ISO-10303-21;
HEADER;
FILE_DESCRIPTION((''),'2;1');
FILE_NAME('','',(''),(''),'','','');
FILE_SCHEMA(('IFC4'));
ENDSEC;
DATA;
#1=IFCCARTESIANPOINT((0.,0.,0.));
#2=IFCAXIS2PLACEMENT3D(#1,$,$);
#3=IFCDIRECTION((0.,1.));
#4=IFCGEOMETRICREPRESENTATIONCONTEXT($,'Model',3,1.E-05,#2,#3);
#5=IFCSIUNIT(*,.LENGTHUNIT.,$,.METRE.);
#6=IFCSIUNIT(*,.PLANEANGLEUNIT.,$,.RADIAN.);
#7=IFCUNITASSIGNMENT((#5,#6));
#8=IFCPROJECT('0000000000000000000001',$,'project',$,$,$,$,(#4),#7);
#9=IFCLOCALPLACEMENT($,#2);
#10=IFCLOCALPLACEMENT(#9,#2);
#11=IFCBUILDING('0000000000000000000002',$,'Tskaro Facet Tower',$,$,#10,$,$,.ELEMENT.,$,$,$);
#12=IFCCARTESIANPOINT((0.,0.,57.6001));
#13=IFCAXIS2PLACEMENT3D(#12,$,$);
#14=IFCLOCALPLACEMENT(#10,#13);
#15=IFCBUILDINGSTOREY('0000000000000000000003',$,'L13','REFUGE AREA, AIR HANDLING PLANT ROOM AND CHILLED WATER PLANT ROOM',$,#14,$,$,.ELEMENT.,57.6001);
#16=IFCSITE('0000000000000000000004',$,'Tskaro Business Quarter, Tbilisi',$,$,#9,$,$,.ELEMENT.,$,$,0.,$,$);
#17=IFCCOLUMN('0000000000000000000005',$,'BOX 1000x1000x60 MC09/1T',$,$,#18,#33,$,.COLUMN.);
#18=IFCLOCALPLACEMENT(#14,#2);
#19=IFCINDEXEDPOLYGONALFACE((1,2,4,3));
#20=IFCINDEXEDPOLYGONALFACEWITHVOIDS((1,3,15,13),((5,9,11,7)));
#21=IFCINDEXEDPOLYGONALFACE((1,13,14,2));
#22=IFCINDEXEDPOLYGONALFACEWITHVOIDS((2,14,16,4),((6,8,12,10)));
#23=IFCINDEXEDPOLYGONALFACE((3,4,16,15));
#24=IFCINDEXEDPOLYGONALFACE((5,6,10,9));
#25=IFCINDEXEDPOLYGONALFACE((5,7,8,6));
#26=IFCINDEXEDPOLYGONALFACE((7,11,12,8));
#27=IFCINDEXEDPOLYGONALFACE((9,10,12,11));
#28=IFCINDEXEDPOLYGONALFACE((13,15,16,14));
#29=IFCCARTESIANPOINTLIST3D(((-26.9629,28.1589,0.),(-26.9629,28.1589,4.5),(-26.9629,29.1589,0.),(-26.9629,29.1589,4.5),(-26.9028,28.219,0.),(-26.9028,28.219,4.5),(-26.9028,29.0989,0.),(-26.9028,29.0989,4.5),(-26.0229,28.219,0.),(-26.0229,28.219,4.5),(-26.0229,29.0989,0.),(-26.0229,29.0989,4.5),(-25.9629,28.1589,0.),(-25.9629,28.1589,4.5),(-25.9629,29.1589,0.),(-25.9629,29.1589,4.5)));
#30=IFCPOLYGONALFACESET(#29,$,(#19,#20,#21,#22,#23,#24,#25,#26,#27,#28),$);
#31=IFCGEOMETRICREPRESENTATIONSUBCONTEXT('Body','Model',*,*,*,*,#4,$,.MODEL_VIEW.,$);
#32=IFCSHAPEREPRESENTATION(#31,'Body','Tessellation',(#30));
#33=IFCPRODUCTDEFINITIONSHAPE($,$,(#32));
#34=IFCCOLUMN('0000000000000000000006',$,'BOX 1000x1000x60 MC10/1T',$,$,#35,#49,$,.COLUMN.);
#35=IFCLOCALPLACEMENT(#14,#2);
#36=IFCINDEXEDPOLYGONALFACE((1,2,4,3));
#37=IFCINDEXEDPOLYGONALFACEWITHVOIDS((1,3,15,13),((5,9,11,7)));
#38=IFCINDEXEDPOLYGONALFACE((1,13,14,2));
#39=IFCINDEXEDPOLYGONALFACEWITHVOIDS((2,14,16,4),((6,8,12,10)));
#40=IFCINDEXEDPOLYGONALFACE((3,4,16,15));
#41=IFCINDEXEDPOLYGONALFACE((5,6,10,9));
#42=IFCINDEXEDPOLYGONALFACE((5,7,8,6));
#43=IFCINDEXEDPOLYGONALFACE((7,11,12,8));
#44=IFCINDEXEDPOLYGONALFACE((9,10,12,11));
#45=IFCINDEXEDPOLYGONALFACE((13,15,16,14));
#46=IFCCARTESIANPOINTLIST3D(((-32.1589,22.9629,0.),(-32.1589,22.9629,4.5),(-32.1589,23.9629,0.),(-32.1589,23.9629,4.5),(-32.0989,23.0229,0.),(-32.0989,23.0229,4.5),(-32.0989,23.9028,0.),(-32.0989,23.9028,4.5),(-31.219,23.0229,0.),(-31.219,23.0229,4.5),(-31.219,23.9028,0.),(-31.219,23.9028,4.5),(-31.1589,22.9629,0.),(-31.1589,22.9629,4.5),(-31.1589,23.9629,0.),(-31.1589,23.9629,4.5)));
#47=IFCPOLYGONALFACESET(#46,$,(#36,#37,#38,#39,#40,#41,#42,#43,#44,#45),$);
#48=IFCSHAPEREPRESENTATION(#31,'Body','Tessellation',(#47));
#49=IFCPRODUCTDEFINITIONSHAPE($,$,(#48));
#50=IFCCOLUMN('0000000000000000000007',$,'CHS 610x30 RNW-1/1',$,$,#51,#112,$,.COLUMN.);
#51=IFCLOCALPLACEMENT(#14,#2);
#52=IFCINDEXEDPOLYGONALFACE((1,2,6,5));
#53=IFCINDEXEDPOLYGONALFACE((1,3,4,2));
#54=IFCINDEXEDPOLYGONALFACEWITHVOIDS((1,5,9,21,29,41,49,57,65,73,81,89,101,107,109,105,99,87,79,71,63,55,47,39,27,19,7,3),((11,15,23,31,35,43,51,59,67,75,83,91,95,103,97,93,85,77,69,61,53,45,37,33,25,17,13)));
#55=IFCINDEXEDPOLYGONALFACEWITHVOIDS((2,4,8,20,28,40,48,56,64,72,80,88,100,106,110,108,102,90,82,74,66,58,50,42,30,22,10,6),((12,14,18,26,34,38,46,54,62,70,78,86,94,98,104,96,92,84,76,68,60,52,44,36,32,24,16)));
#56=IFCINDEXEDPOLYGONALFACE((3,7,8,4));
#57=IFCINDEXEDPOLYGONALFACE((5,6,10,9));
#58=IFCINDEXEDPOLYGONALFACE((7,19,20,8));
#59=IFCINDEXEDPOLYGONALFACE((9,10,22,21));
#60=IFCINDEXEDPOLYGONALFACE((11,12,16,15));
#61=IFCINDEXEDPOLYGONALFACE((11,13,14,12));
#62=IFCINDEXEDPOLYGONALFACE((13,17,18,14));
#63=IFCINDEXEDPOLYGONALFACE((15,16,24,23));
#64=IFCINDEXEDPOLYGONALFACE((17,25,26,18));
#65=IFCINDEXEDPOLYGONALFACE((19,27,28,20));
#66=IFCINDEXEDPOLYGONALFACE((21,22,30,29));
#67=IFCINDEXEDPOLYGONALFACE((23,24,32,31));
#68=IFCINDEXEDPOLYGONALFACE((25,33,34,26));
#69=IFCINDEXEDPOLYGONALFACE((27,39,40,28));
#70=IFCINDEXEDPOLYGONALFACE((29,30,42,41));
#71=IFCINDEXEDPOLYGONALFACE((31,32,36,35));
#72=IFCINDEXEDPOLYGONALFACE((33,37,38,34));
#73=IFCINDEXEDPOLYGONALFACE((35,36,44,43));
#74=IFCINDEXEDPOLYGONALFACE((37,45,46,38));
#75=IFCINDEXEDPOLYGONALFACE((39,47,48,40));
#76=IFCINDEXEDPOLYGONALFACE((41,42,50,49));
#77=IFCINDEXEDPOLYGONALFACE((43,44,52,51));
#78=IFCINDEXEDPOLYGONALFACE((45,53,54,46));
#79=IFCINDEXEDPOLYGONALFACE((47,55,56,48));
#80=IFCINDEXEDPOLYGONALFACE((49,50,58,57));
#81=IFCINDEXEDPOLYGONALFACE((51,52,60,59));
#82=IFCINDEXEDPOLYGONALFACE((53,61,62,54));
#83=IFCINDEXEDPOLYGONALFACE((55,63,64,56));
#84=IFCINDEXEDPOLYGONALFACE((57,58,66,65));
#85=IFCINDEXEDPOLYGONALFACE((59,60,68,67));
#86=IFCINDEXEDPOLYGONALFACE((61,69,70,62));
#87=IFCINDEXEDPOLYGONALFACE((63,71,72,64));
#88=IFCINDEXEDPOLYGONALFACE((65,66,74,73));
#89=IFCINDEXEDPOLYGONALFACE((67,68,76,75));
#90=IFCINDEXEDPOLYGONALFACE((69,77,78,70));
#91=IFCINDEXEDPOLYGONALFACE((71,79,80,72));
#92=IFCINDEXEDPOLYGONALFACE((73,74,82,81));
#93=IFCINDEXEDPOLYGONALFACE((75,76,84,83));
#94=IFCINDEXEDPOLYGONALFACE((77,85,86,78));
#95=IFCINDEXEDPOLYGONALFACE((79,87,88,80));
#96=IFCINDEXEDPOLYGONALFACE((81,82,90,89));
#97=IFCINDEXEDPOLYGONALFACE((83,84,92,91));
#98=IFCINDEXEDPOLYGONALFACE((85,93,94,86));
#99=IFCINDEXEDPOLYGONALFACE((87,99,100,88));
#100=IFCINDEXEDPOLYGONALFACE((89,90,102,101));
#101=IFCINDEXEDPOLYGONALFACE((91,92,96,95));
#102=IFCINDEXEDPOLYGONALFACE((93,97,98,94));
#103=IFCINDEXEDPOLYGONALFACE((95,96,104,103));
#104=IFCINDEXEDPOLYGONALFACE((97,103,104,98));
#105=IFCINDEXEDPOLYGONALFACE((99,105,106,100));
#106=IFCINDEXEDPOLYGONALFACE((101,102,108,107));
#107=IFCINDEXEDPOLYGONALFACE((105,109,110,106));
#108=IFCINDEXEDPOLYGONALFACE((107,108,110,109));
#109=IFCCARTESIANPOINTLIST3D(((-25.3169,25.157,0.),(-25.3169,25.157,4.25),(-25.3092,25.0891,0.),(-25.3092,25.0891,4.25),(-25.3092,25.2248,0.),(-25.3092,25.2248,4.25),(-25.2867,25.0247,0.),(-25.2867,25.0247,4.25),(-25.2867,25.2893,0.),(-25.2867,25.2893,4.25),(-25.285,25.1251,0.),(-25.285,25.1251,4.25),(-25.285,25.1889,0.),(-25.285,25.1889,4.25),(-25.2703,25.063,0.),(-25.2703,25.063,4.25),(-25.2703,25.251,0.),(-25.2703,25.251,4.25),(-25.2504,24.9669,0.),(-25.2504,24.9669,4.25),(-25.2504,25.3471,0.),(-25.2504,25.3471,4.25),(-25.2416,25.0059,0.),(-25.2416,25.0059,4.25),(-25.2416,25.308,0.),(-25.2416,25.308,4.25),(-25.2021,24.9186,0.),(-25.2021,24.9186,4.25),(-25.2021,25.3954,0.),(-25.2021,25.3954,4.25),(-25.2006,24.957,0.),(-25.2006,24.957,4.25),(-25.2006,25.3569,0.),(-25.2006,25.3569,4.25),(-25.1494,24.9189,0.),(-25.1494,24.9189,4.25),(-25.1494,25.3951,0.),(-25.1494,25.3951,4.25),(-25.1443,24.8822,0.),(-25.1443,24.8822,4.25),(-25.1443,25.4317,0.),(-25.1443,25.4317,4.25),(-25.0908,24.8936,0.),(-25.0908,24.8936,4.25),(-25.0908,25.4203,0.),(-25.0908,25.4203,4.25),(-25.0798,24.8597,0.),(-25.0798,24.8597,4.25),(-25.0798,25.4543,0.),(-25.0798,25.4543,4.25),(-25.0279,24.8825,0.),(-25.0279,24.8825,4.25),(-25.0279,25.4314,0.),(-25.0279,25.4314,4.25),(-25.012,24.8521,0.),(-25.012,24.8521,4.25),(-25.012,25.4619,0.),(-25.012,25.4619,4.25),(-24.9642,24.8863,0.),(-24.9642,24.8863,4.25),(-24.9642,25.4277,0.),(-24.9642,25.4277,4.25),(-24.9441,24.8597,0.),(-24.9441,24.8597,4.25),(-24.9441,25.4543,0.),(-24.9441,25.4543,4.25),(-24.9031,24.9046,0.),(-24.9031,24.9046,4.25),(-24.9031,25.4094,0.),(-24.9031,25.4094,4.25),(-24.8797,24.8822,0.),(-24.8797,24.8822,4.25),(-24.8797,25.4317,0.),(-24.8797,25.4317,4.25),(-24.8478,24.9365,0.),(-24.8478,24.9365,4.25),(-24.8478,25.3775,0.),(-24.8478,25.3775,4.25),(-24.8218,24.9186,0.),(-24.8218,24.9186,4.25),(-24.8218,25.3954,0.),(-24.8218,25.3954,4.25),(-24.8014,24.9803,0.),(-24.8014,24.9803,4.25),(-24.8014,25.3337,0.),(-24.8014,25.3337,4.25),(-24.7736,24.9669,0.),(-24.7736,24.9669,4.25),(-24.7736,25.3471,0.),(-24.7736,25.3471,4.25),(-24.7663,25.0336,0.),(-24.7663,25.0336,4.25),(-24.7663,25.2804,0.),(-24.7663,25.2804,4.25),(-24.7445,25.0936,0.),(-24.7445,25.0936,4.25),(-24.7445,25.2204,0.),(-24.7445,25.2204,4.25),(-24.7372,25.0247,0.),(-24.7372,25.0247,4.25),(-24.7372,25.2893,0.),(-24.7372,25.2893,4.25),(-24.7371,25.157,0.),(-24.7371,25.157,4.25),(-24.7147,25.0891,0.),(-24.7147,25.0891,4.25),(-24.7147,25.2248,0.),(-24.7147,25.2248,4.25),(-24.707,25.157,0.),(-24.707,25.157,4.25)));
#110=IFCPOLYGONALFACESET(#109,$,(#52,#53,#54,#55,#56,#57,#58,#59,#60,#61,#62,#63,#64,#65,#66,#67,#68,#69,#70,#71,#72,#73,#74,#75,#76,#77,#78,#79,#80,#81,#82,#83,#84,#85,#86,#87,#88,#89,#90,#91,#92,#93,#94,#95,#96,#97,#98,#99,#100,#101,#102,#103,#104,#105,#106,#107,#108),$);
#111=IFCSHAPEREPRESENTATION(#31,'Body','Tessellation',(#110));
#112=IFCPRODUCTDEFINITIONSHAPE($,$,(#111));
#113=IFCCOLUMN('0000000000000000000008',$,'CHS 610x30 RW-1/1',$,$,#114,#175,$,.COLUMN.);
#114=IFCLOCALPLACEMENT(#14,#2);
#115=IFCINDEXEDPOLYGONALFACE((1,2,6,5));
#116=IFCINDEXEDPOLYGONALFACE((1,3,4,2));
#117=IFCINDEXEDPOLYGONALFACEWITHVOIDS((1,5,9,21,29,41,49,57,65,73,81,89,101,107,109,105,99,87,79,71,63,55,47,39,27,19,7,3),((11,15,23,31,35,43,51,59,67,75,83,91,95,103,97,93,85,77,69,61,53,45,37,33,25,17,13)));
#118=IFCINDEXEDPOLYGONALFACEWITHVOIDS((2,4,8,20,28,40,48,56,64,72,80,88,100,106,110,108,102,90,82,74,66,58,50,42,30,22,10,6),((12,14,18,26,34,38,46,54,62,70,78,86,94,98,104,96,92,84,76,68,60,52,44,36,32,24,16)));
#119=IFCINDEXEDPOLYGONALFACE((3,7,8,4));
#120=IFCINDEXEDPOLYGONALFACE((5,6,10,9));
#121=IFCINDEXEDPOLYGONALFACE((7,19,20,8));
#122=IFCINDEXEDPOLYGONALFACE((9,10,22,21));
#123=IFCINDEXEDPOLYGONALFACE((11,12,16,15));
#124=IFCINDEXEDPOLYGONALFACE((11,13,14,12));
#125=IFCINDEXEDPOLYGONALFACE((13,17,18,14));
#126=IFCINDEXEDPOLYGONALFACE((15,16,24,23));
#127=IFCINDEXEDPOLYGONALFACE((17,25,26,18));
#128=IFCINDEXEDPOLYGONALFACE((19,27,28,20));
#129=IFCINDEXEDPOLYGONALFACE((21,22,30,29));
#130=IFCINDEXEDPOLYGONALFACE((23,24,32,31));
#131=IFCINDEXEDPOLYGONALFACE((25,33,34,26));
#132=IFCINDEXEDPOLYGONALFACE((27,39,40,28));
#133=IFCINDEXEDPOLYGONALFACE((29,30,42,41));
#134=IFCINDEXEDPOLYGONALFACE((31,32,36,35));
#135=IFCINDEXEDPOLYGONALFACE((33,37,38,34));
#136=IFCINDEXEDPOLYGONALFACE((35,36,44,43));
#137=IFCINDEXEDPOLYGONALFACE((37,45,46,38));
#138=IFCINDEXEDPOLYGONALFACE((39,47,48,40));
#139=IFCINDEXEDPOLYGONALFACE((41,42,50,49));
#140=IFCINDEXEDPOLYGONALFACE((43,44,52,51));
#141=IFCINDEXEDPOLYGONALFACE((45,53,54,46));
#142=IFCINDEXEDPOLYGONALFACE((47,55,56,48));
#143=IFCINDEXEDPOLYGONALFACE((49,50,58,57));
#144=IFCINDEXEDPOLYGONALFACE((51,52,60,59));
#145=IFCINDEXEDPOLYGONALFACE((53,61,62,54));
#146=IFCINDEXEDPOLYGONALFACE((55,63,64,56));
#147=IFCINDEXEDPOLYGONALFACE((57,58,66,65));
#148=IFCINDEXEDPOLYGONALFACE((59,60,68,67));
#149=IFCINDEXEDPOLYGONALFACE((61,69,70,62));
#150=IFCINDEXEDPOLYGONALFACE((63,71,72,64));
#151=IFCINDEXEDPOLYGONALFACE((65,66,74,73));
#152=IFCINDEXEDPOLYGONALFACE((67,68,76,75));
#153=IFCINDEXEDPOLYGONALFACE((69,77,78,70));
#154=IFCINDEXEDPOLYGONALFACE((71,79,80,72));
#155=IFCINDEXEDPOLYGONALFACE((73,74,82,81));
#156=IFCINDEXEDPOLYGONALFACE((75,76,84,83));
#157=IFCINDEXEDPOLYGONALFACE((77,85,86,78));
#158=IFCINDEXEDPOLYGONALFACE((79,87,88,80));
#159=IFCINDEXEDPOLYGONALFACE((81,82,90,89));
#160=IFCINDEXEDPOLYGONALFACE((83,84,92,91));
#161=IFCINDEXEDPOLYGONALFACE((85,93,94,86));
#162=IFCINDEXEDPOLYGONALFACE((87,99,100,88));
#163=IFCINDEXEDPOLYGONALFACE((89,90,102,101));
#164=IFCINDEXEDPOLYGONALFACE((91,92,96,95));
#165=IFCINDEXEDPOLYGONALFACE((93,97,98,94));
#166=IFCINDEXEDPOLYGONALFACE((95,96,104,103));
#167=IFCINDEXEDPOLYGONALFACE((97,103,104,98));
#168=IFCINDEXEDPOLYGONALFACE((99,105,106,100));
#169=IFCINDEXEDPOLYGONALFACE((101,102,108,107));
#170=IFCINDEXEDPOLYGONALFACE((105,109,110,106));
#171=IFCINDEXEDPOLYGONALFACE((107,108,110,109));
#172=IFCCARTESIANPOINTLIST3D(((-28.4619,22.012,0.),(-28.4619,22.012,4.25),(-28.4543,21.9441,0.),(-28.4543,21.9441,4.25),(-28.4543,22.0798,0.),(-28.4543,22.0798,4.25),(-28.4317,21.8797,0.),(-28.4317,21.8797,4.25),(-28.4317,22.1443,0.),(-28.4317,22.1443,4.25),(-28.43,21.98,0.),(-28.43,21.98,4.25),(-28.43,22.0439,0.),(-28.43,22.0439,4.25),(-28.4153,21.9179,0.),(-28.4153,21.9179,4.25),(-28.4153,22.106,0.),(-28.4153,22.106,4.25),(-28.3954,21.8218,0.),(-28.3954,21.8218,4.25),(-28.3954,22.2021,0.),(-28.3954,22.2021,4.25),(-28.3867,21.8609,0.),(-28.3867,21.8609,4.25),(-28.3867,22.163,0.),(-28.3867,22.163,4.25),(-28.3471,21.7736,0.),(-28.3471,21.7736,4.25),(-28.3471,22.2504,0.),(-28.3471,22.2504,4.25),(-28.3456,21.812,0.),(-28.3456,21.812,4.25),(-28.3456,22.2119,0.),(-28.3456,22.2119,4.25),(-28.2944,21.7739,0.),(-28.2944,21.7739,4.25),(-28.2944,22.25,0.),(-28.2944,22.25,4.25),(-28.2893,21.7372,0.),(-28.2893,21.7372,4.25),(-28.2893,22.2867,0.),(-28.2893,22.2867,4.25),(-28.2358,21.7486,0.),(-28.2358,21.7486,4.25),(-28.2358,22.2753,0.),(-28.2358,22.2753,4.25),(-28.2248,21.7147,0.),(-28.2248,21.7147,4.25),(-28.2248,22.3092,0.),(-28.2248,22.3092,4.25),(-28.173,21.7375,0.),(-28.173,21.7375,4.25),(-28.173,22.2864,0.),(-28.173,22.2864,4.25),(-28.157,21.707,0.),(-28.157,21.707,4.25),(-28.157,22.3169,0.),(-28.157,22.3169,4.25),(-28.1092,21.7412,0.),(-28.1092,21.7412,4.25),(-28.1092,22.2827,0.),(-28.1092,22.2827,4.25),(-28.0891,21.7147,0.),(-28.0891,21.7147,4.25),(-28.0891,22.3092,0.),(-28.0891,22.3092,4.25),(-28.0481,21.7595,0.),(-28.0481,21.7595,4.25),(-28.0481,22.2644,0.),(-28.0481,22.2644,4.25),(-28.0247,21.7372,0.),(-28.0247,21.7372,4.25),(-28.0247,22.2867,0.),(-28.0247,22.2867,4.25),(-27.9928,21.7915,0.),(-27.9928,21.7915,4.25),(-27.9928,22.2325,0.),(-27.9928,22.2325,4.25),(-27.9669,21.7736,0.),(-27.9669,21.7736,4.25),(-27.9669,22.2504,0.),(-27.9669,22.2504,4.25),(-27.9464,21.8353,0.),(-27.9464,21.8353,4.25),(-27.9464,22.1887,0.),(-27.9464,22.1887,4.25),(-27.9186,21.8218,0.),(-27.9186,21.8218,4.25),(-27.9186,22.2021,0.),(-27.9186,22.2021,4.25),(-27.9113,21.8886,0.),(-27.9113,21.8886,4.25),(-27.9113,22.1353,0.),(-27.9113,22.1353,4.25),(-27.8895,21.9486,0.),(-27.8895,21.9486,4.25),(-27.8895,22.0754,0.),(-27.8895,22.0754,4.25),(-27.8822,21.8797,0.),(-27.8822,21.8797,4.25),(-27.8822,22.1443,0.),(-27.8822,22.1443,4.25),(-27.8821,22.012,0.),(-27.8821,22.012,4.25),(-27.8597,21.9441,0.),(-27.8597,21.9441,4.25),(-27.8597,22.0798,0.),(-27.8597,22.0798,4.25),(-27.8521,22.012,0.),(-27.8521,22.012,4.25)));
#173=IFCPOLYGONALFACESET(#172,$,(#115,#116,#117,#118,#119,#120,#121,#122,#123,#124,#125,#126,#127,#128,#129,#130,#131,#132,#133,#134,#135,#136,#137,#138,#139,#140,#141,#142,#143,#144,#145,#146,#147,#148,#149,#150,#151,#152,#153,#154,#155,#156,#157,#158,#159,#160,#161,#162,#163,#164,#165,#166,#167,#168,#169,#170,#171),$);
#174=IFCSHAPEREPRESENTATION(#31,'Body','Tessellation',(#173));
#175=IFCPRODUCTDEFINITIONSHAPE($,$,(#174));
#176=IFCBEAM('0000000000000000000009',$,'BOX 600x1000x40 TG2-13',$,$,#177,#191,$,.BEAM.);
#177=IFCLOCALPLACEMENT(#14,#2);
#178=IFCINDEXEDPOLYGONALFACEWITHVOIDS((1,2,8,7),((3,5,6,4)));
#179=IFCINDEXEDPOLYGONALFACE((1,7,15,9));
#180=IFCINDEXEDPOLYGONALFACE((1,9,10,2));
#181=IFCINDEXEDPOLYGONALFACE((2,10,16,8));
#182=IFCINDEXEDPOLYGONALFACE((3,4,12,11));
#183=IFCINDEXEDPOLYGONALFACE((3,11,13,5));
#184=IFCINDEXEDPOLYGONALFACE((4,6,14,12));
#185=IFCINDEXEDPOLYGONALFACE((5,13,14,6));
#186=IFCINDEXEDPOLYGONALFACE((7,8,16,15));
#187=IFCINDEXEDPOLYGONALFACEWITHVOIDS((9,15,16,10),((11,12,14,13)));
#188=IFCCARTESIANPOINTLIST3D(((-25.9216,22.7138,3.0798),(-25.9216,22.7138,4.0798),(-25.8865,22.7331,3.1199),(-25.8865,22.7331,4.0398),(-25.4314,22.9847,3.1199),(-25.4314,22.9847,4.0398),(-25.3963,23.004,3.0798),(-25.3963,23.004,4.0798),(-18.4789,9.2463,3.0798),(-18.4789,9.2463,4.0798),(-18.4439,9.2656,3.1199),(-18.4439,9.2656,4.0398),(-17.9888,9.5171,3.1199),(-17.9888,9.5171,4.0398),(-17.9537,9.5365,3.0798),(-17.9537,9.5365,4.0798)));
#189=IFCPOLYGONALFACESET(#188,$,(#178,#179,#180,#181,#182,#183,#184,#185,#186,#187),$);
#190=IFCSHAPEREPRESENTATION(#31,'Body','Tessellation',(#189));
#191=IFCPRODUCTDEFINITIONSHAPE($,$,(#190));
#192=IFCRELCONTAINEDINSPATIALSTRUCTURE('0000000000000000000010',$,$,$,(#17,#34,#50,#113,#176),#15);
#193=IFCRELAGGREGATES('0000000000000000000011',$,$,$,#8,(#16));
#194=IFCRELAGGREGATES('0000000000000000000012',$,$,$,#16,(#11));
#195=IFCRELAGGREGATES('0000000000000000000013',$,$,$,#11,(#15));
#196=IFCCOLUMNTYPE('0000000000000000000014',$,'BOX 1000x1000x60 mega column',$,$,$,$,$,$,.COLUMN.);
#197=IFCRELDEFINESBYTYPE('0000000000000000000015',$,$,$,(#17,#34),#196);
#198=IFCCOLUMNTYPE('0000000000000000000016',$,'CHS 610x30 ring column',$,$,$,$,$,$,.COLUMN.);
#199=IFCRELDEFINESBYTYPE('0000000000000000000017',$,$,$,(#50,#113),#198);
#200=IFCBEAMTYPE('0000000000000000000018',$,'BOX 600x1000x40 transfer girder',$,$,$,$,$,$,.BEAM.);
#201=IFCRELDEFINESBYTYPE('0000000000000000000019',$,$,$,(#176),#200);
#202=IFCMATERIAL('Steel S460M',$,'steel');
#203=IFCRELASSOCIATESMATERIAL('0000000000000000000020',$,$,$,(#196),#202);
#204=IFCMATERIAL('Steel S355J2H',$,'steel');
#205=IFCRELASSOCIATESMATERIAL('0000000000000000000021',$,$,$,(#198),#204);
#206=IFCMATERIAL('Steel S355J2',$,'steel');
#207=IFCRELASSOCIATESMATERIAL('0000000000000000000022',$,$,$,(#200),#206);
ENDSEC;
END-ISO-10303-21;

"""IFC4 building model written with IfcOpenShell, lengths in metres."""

from ifc_helpers import new_model, si_unit, direction, frame, origin, origin_2d, place, context, subcontext, project, spatial, hollow_rectangle, hollow_circle, extrude, material, material_profile, profile_set, type_object, element, save


model = new_model("IFC4")

# Units and contexts
model_context = context("Model", 3, precision=1e-05, world=origin(), true_north=direction((0.0, 1.0)))
body_context = subcontext(model_context, "Body", "Model", "MODEL_VIEW")
ifc_project = project(units=[si_unit("LENGTHUNIT", "METRE"), si_unit("PLANEANGLEUNIT", "RADIAN")], contexts=[model_context])

# Site, building, storey
site_placement = place(None, origin())
site = spatial("IfcSite", under=ifc_project, at=site_placement, Name="Tskaro Business Quarter, Tbilisi", CompositionType="ELEMENT", RefElevation=0.0)
building_placement = place(site_placement, origin())
building = spatial("IfcBuilding", under=site, at=building_placement, Name="Tskaro Facet Tower", CompositionType="ELEMENT")
storey_placement = place(building_placement, frame((0.0, 0.0, 57.6001)))
storey = spatial("IfcBuildingStorey", under=building, at=storey_placement, Name="L13", Description="REFUGE AREA, AIR HANDLING PLANT ROOM AND CHILLED WATER PLANT ROOM", CompositionType="ELEMENT", Elevation=57.6001)

# Columns
ifc_material_1 = material(Name="Steel S460M", Category="steel")
ifc_material_profile_1 = material_profile(ifc_material_1, hollow_rectangle(XDim=1.0, YDim=1.0, WallThickness=0.0601, at=origin_2d()), Name="BOX 1000x1000x60")
ifc_profile_set_1 = profile_set([ifc_material_profile_1], Name="Steel S460M")
column_type_1 = type_object("IfcColumnType", Name="BOX 1000x1000x60 mega column", PredefinedType="COLUMN", material=ifc_profile_set_1)
for number, where, z_axis, x_axis, name in (
    (1, (-26.4629, 28.6589, 0.0), (0.0, 0.0, 1.0), (1.0, 0.0, 0.0), "BOX 1000x1000x60 MC09/1T"),
    (2, (-31.6589, 23.4629, 0.0), (0.0, 0.0, 1.0), (1.0, 0.0, 0.0), "BOX 1000x1000x60 MC10/1T"),
):
    element("IfcColumn", number, at=place(storey_placement, frame(where, z_axis=z_axis, x_axis=x_axis)), inside=storey, type_object=column_type_1, Name=name, PredefinedType="COLUMN", context=body_context, shape_type="SweptSolid", body=[
        extrude(hollow_rectangle(XDim=1.0, YDim=1.0, WallThickness=0.0601, at=origin_2d()), origin(), (0.0, 0.0, 1.0), 4.5),
    ])
ifc_material_2 = material(Name="Steel S355J2H", Category="steel")
ifc_material_profile_2 = material_profile(ifc_material_2, hollow_circle(Radius=0.3049, WallThickness=0.03, at=origin_2d()), Name="CHS 610x30")
ifc_profile_set_2 = profile_set([ifc_material_profile_2], Name="Steel S355J2H")
column_type_2 = type_object("IfcColumnType", Name="CHS 610x30 ring column", PredefinedType="COLUMN", material=ifc_profile_set_2)
for number, where, z_axis, x_axis, name in (
    (3, (-25.012, 25.157, 0.0), (0.0, 0.0, 1.0), (1.0, 0.0, 0.0), "CHS 610x30 RNW-1/1"),
    (4, (-28.157, 22.012, 0.0), (0.0, 0.0, 1.0), (1.0, 0.0, 0.0), "CHS 610x30 RW-1/1"),
):
    element("IfcColumn", number, at=place(storey_placement, frame(where, z_axis=z_axis, x_axis=x_axis)), inside=storey, type_object=column_type_2, Name=name, PredefinedType="COLUMN", context=body_context, shape_type="SweptSolid", body=[
        extrude(hollow_circle(Radius=0.3049, WallThickness=0.03, at=origin_2d()), origin(), (0.0, 0.0, 1.0), 4.25),
    ])

# Beam
ifc_material_3 = material(Name="Steel S355J2", Category="steel")
ifc_material_profile_3 = material_profile(ifc_material_3, hollow_rectangle(XDim=0.6001, YDim=1.0, WallThickness=0.04, at=origin_2d()), Name="BOX 600x1000x40")
ifc_profile_set_3 = profile_set([ifc_material_profile_3], Name="Steel S355J2")
beam_type_1 = type_object("IfcBeamType", Name="BOX 600x1000x40 transfer girder", PredefinedType="BEAM", material=ifc_profile_set_3)
beam_1_placement = place(storey_placement, frame((-25.6589, 22.8589, 3.5798), z_axis=(0.483688, -0.87524, 0.0), x_axis=(0.87524, 0.483688, 0.0)))
element("IfcBeam", 5, at=beam_1_placement, inside=storey, type_object=beam_type_1, Name="BOX 600x1000x40 TG2-13", PredefinedType="BEAM", context=body_context, shape_type="SweptSolid", body=[
    extrude(hollow_rectangle(XDim=0.6001, YDim=1.0, WallThickness=0.04, at=origin_2d()), origin(), (0.0, 0.0, 1.0), 15.3872),
])

save(model, "model.ifc")
